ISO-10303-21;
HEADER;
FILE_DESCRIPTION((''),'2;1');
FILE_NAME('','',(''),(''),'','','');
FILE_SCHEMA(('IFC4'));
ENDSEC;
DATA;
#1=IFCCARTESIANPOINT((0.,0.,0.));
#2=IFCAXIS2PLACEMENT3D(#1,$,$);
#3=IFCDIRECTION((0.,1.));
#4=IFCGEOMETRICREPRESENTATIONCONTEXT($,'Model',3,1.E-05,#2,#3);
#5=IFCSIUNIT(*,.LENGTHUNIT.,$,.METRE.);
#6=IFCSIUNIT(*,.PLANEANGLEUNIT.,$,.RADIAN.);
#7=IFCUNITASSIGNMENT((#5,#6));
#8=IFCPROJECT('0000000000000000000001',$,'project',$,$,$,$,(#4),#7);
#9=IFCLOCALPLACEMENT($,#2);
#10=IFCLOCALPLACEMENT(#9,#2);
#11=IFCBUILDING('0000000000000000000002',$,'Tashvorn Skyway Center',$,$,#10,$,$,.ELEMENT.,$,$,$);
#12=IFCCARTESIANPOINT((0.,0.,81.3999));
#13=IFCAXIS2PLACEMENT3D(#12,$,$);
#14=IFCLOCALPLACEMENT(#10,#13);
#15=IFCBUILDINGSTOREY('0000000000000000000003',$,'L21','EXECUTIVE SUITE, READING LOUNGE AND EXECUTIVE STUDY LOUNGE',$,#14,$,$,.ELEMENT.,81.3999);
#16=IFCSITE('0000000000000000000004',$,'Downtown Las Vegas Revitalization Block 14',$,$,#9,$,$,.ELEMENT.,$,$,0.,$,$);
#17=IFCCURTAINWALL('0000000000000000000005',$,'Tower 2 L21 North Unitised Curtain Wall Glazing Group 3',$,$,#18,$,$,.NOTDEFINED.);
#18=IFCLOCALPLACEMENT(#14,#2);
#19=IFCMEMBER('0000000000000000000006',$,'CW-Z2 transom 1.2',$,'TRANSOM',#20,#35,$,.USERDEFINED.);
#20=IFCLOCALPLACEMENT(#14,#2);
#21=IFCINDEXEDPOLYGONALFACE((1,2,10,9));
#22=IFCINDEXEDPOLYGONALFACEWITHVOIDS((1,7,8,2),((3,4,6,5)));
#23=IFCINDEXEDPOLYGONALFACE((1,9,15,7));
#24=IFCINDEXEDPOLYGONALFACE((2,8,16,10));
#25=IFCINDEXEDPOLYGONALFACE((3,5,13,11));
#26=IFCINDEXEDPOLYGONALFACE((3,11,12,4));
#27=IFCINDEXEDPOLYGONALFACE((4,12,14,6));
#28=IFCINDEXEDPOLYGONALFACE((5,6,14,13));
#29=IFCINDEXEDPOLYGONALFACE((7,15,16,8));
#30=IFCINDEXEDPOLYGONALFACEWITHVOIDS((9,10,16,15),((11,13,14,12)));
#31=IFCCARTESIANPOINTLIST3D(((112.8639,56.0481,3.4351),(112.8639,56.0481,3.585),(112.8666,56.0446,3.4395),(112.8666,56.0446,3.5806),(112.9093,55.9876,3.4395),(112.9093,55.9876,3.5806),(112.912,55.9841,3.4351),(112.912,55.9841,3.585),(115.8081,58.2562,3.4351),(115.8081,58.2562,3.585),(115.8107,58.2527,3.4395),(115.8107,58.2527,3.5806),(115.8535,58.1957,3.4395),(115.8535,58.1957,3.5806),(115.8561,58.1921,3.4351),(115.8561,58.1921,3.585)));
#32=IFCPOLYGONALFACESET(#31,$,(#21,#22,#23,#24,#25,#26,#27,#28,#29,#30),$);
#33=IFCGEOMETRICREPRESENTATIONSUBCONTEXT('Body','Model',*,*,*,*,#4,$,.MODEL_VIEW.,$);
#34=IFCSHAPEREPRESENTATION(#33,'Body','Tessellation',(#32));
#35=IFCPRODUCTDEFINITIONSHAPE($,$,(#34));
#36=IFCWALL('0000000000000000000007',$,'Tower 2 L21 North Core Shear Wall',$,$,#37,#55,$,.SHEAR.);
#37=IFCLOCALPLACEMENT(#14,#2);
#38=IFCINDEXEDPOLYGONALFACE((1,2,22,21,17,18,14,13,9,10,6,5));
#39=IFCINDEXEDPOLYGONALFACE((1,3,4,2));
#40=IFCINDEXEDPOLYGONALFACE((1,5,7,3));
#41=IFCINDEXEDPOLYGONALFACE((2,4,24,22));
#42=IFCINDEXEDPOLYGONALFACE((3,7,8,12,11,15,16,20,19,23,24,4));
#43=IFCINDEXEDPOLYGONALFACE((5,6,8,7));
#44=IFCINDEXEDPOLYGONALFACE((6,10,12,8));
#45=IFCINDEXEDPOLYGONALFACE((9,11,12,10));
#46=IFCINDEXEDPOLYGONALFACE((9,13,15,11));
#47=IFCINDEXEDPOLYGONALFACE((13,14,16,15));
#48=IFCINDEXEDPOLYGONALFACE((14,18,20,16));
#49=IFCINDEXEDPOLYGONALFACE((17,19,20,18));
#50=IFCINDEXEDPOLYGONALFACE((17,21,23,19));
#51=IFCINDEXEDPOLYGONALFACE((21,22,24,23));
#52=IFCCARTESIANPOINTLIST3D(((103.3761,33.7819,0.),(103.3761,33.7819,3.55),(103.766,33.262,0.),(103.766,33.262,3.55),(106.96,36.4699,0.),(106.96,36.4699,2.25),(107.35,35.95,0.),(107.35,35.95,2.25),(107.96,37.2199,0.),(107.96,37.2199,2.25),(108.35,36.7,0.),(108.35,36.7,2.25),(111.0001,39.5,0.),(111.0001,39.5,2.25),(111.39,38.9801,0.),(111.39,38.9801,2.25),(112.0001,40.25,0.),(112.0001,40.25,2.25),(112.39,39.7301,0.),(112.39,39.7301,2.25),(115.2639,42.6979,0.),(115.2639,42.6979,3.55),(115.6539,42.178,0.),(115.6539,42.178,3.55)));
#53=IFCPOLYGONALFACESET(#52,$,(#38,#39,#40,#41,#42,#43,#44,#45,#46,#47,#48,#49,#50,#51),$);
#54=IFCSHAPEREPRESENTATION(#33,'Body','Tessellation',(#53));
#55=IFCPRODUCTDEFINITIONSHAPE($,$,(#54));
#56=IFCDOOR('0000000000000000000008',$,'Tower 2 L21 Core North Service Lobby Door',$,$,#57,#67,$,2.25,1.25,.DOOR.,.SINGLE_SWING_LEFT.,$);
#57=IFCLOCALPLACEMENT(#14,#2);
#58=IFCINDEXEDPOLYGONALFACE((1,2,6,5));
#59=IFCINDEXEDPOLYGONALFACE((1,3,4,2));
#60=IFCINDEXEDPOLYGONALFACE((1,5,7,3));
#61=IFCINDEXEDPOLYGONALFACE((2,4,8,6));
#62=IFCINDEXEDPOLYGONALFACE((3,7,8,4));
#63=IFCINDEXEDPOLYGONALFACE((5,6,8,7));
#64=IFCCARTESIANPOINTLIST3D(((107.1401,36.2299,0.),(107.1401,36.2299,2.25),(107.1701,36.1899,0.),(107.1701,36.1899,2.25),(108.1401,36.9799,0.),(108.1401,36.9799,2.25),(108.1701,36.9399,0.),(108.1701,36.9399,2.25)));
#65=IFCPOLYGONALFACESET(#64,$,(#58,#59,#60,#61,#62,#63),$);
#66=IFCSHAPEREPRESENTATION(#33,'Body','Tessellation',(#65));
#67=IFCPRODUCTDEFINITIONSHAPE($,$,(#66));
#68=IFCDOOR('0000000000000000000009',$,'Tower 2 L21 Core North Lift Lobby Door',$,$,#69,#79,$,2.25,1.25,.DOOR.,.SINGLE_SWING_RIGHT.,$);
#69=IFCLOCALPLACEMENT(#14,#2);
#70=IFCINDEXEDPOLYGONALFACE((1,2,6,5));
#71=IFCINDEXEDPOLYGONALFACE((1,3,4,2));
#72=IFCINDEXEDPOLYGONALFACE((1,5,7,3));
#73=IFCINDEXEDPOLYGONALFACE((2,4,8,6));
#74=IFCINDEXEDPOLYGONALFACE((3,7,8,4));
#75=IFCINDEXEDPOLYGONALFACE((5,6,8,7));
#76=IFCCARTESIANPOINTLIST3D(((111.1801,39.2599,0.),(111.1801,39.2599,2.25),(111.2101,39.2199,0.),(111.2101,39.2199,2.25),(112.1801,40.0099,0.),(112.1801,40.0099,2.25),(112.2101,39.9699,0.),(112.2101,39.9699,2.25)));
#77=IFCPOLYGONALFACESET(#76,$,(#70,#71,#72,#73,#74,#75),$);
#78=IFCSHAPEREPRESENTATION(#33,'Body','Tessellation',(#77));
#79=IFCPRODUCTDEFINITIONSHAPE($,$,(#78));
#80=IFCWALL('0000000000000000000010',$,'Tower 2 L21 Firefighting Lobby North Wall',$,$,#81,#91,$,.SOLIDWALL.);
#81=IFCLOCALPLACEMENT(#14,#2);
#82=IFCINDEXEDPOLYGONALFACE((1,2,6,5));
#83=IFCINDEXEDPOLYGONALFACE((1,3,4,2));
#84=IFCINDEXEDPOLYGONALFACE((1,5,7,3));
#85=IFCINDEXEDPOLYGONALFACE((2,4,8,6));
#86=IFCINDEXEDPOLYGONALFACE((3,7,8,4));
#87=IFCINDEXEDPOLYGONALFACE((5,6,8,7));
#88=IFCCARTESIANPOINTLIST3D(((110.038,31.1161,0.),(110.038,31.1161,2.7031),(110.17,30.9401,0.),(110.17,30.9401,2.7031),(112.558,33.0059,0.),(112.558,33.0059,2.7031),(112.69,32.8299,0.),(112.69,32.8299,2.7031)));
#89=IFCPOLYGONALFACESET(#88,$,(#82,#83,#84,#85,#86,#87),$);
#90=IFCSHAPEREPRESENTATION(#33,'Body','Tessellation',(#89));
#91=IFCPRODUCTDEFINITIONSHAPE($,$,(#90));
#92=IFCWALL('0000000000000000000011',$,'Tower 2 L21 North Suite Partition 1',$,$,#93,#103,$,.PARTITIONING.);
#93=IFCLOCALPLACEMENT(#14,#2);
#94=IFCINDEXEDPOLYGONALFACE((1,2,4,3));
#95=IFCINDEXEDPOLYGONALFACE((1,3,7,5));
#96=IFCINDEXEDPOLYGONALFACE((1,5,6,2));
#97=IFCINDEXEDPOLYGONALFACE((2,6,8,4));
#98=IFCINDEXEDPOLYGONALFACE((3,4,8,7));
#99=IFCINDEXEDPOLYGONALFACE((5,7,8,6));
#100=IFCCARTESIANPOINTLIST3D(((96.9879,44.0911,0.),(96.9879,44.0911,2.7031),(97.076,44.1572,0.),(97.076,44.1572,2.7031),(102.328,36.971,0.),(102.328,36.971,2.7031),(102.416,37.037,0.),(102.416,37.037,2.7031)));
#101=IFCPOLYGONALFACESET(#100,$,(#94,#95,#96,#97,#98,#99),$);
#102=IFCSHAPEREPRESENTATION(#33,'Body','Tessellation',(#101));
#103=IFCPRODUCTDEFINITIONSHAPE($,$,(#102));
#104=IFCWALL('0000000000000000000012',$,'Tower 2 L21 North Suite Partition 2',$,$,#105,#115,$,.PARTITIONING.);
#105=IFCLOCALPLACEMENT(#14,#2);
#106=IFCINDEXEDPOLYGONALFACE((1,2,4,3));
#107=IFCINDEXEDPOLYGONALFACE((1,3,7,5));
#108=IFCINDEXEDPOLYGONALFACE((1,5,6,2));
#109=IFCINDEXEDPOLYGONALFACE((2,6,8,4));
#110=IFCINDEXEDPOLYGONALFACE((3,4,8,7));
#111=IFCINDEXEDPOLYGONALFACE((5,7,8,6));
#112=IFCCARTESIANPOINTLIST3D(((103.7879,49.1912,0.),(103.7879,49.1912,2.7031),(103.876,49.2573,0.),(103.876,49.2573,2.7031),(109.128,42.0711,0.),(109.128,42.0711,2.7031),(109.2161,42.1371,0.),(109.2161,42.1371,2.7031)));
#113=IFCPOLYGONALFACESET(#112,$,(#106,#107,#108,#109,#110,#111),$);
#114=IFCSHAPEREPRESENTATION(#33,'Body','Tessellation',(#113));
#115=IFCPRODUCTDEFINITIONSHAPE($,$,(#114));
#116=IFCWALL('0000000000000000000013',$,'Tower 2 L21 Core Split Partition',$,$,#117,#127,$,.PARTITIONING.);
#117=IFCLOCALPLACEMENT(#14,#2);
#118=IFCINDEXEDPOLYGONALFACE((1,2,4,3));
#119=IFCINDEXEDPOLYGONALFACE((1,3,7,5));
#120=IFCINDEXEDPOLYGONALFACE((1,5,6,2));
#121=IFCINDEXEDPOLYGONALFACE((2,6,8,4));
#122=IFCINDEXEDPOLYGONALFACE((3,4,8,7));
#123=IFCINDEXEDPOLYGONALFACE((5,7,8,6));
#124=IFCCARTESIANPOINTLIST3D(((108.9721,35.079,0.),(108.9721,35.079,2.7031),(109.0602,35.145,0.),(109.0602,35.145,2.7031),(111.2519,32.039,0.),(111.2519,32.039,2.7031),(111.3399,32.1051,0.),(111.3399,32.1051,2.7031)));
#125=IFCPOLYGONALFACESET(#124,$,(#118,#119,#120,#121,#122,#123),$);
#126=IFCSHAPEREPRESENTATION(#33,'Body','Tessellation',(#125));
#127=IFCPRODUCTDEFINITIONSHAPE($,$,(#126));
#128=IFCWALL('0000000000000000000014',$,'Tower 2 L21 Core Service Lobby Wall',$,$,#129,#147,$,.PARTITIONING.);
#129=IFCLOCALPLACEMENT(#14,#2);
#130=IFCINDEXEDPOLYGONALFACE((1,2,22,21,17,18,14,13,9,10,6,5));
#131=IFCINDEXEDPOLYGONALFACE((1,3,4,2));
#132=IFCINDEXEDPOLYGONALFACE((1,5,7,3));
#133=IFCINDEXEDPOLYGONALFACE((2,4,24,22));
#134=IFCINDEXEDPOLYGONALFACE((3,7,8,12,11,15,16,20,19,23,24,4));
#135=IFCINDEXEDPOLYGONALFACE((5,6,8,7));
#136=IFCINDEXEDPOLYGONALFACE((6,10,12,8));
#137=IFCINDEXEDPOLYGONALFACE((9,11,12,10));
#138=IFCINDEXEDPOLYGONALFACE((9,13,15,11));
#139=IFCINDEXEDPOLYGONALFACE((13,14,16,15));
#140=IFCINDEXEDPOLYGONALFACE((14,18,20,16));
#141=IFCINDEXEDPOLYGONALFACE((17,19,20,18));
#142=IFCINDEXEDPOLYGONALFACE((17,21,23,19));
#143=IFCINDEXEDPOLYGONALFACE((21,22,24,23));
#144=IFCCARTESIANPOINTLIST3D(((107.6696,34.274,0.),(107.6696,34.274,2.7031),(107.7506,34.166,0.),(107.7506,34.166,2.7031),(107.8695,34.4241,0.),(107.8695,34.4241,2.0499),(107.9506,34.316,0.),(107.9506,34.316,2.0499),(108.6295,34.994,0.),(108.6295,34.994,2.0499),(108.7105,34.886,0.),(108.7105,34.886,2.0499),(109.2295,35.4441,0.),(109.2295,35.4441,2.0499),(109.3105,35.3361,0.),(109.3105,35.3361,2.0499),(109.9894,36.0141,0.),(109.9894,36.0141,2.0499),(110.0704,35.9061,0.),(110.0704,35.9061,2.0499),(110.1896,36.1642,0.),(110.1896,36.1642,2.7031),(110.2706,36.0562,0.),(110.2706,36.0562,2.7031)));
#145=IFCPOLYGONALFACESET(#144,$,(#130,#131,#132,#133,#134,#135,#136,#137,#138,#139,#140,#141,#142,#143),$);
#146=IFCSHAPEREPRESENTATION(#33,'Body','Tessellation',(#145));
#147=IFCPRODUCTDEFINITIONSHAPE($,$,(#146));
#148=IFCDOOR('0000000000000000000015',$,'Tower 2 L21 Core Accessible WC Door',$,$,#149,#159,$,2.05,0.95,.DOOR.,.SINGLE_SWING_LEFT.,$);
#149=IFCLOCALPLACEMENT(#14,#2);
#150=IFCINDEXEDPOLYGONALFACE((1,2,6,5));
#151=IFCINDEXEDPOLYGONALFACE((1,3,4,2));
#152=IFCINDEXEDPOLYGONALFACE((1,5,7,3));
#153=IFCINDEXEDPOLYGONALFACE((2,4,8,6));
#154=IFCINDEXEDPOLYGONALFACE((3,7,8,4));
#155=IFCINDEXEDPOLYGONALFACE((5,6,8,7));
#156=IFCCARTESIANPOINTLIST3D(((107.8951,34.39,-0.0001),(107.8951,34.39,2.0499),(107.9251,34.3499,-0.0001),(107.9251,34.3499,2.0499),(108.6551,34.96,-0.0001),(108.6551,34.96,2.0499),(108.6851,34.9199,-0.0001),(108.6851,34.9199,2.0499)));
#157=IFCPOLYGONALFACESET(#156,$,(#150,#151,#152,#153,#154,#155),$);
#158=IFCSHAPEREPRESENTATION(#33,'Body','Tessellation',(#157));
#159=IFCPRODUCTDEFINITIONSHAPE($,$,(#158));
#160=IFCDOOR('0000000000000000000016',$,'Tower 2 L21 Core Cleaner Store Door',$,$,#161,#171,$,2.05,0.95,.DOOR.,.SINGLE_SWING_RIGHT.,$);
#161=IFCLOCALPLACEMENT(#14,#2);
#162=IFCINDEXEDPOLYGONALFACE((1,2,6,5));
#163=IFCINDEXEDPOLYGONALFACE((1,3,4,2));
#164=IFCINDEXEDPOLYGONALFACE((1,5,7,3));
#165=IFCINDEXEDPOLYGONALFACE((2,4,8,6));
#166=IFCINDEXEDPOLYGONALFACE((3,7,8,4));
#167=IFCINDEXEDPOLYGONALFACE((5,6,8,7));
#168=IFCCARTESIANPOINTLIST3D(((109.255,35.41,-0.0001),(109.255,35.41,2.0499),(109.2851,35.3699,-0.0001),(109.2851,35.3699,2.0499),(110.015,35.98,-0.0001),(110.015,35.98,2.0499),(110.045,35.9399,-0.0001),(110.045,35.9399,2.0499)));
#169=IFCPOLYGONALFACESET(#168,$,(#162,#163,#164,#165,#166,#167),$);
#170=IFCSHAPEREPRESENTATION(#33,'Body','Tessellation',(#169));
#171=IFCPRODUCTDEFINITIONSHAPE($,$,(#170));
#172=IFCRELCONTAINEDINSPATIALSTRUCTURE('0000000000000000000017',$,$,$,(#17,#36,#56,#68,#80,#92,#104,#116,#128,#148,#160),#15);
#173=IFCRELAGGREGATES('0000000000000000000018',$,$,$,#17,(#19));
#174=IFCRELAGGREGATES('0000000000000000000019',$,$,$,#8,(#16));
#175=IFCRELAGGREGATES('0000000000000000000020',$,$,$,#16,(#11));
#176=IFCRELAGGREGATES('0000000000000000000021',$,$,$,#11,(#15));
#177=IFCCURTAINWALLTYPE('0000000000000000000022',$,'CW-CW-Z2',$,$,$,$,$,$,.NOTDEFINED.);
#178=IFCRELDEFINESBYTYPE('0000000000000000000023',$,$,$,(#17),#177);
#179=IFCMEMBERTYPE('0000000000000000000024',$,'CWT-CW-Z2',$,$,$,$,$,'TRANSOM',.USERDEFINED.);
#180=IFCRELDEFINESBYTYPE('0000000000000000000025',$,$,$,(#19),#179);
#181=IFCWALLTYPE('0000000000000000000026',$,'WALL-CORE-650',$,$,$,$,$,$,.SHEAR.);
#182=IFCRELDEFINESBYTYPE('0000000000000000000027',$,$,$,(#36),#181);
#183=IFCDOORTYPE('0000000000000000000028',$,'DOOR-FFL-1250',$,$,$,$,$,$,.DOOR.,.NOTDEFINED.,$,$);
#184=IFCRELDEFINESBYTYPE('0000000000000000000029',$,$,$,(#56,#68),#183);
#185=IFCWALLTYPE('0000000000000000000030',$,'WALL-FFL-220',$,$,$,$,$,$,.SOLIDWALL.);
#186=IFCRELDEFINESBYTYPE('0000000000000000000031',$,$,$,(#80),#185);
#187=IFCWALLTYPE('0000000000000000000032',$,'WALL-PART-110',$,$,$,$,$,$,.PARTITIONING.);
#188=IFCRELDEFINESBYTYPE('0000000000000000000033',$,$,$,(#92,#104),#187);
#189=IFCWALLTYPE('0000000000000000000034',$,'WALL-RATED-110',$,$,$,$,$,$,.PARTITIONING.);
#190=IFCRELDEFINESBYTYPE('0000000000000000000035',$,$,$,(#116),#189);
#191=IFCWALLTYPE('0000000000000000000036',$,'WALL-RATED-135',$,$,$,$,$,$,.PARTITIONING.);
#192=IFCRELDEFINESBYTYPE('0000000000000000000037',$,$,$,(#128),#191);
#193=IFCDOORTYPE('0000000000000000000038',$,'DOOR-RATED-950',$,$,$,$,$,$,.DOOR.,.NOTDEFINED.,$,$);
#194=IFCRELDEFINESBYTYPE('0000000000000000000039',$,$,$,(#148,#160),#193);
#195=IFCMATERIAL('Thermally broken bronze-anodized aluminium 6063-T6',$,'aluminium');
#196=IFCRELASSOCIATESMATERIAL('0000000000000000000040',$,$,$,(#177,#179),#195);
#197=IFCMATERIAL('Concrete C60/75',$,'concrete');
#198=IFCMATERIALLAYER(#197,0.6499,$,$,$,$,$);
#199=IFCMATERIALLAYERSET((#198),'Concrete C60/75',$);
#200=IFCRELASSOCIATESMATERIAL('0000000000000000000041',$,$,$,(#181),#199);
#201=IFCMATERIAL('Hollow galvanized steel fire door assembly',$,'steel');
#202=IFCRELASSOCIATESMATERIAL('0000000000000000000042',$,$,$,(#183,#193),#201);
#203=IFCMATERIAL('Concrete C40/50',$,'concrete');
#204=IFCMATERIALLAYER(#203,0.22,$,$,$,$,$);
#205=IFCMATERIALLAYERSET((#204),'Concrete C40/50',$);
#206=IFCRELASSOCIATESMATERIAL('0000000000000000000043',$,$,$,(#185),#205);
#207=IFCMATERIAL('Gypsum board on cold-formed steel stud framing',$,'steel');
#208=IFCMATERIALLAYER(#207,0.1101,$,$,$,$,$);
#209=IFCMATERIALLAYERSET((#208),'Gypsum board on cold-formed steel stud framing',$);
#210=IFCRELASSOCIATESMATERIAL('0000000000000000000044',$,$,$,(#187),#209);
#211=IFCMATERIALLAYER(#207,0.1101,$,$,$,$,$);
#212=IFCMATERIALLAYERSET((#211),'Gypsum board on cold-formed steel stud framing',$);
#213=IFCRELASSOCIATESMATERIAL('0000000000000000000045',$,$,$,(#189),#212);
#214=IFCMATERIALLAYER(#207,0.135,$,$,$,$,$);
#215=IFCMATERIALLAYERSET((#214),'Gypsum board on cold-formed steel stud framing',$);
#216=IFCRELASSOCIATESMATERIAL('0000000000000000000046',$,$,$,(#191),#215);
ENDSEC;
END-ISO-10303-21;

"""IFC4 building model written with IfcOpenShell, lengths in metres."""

from ifc_helpers import new_model, si_unit, direction, frame, frame_2d, origin, origin_2d, place, context, subcontext, project, spatial, rectangle, hollow_rectangle, extrude, material, layer, layer_set, material_profile, profile_set, type_object, element, fill, aggregate, save


model = new_model("IFC4")

# Units and contexts
model_context = context("Model", 3, precision=1e-05, world=origin(), true_north=direction((0.0, 1.0)))
body_context = subcontext(model_context, "Body", "Model", "MODEL_VIEW")
ifc_project = project(units=[si_unit("LENGTHUNIT", "METRE"), si_unit("PLANEANGLEUNIT", "RADIAN")], contexts=[model_context])

# Site, building, storey
site_placement = place(None, origin())
site = spatial("IfcSite", under=ifc_project, at=site_placement, Name="Downtown Las Vegas Revitalization Block 14", CompositionType="ELEMENT", RefElevation=0.0)
building_placement = place(site_placement, origin())
building = spatial("IfcBuilding", under=site, at=building_placement, Name="Tashvorn Skyway Center", CompositionType="ELEMENT")
storey_placement = place(building_placement, frame((0.0, 0.0, 81.3999)))
storey = spatial("IfcBuildingStorey", under=building, at=storey_placement, Name="L21", Description="EXECUTIVE SUITE, READING LOUNGE AND EXECUTIVE STUDY LOUNGE", CompositionType="ELEMENT", Elevation=81.3999)

# Shared definitions
ifc_material_1 = material(Name="Concrete C60/75", Category="concrete")

# Shared definitions
ifc_material_2 = material(Name="Thermally broken bronze-anodized aluminium 6063-T6", Category="aluminium")
curtain_wall_type = type_object("IfcCurtainWallType", Name="CW-CW-Z2", PredefinedType="NOTDEFINED", material=ifc_material_2)

# Curtain wall, member
curtain_wall_1_placement = place(storey_placement, origin())
curtain_wall_1 = element("IfcCurtainWall", 1, at=curtain_wall_1_placement, inside=storey, type_object=curtain_wall_type, Name="Tower 2 L21 North Unitised Curtain Wall Glazing Group 3", PredefinedType="NOTDEFINED")
ifc_material_profile_1 = material_profile(ifc_material_2, hollow_rectangle(XDim=0.0801, YDim=0.1499, WallThickness=0.0044, at=origin_2d()), Name="ALU-TRAN-80x150")
ifc_profile_set_1 = profile_set([ifc_material_profile_1], Name="Thermally broken bronze-anodized aluminium 6063-T6")
member_type_1 = type_object("IfcMemberType", Name="CWT-CW-Z2", ElementType="TRANSOM", PredefinedType="USERDEFINED", material=ifc_profile_set_1)
member_1_placement = place(storey_placement, frame((112.8879, 56.0161, 3.51), z_axis=(0.800008, 0.599989, 0.0), x_axis=(-0.599989, 0.800008, 0.0)))
member_1 = element("IfcMember", 2, at=member_1_placement, type_object=member_type_1, Name="CW-Z2 transom 1.2", ObjectType="TRANSOM", PredefinedType="USERDEFINED", context=body_context, shape_type="SweptSolid", body=[
    extrude(hollow_rectangle(XDim=0.0801, YDim=0.1499, WallThickness=0.0044, at=origin_2d()), origin(), (0.0, 0.0, 1.0), 3.6802),
])
aggregate(curtain_wall_1, [member_1])

# Wall, openings, doors
ifc_layer_1 = layer(ifc_material_1, 0.6499)
ifc_layer_set_1 = layer_set([ifc_layer_1], Name="Concrete C60/75")
wall_type_1 = type_object("IfcWallType", Name="WALL-CORE-650", PredefinedType="SHEAR", material=ifc_layer_set_1)
wall_1_placement = place(storey_placement, frame((103.571, 33.522, 0.0), z_axis=(0.0, 0.0, 1.0), x_axis=(0.799998, 0.600003, 0.0)))
wall_1 = element("IfcWall", 3, at=wall_1_placement, inside=storey, type_object=wall_type_1, Name="Tower 2 L21 North Core Shear Wall", PredefinedType="SHEAR", context=body_context, shape_type="SweptSolid", body=[
    extrude(rectangle(XDim=14.8599, YDim=0.6499, at=frame_2d((7.4299, 0.0))), origin(), (0.0, 0.0, 1.0), 3.55),
])
opening_1_placement = place(wall_1_placement, frame((4.48, 0.0, 0.0)))
opening_1 = element("IfcOpeningElement", 4, at=opening_1_placement, cuts=wall_1, PredefinedType="OPENING", context=body_context, shape_type="SweptSolid", body=[
    extrude(rectangle(XDim=1.25, YDim=2.25, at=frame_2d((0.625, 1.125))), frame((0.0, 0.335, 0.0), z_axis=(0.0, -1.0, 0.0), x_axis=(1.0, 0.0, 0.0)), (0.0, 0.0, 1.0), 0.6699),
])
opening_2_placement = place(wall_1_placement, frame((9.53, 0.0, 0.0)))
opening_2 = element("IfcOpeningElement", 5, at=opening_2_placement, cuts=wall_1, PredefinedType="OPENING", context=body_context, shape_type="SweptSolid", body=[
    extrude(rectangle(XDim=1.25, YDim=2.25, at=frame_2d((0.625, 1.125))), frame((0.0, 0.335, 0.0), z_axis=(0.0, -1.0, 0.0), x_axis=(1.0, 0.0, 0.0)), (0.0, 0.0, 1.0), 0.6699),
])
ifc_material_3 = material(Name="Hollow galvanized steel fire door assembly", Category="steel")
door_type_1 = type_object("IfcDoorType", Name="DOOR-FFL-1250", OperationType="NOTDEFINED", PredefinedType="DOOR", material=ifc_material_3)
door_1_placement = place(opening_1_placement, origin())
door_1 = element("IfcDoor", 6, at=door_1_placement, inside=storey, type_object=door_type_1, Name="Tower 2 L21 Core North Service Lobby Door", OperationType="SINGLE_SWING_LEFT", OverallHeight=2.25, OverallWidth=1.25, PredefinedType="DOOR", context=body_context, shape_type="SweptSolid", body=[
    extrude(rectangle(XDim=1.25, YDim=2.25, at=frame_2d((0.625, 1.125))), frame((0.0, 0.0249, 0.0), z_axis=(0.0, -1.0, 0.0), x_axis=(1.0, 0.0, 0.0)), (0.0, 0.0, 1.0), 0.05),
])
fill(opening_1, door_1)
door_2_placement = place(opening_2_placement, origin())
door_2 = element("IfcDoor", 7, at=door_2_placement, inside=storey, type_object=door_type_1, Name="Tower 2 L21 Core North Lift Lobby Door", OperationType="SINGLE_SWING_RIGHT", OverallHeight=2.25, OverallWidth=1.25, PredefinedType="DOOR", context=body_context, shape_type="SweptSolid", body=[
    extrude(rectangle(XDim=1.25, YDim=2.25, at=frame_2d((0.625, 1.125))), frame((0.0, 0.0249, 0.0), z_axis=(0.0, -1.0, 0.0), x_axis=(1.0, 0.0, 0.0)), (0.0, 0.0, 1.0), 0.05),
])
fill(opening_2, door_2)

# Walls
ifc_material_4 = material(Name="Concrete C40/50", Category="concrete")
ifc_layer_2 = layer(ifc_material_4, 0.22)
ifc_layer_set_2 = layer_set([ifc_layer_2], Name="Concrete C40/50")
wall_type_2 = type_object("IfcWallType", Name="WALL-FFL-220", PredefinedType="SOLIDWALL", material=ifc_layer_set_2)
wall_2_placement = place(storey_placement, frame((110.104, 31.0281, 0.0), z_axis=(0.0, 0.0, 1.0), x_axis=(0.800019, 0.599975, 0.0)))
element("IfcWall", 8, at=wall_2_placement, inside=storey, type_object=wall_type_2, Name="Tower 2 L21 Firefighting Lobby North Wall", PredefinedType="SOLIDWALL", context=body_context, shape_type="SweptSolid", body=[
    extrude(rectangle(XDim=3.1499, YDim=0.22, at=frame_2d((1.575, 0.0))), origin(), (0.0, 0.0, 1.0), 2.7031),
])
ifc_material_5 = material(Name="Gypsum board on cold-formed steel stud framing", Category="steel")
ifc_layer_3 = layer(ifc_material_5, 0.1101)
ifc_layer_set_3 = layer_set([ifc_layer_3], Name="Gypsum board on cold-formed steel stud framing")
wall_type_3 = type_object("IfcWallType", Name="WALL-PART-110", PredefinedType="PARTITIONING", material=ifc_layer_set_3)
for number, where, z_axis, x_axis, name in (
    (9, (102.3721, 37.0039, 0.0), (0.0, 0.0, 1.0), (-0.6, 0.8, 0.0), "Tower 2 L21 North Suite Partition 1"),
    (10, (109.1721, 42.104, 0.0), (0.0, 0.0, 1.0), (-0.6, 0.8, 0.0), "Tower 2 L21 North Suite Partition 2"),
):
    element("IfcWall", number, at=place(storey_placement, frame(where, z_axis=z_axis, x_axis=x_axis)), inside=storey, type_object=wall_type_3, Name=name, PredefinedType="PARTITIONING", context=body_context, shape_type="SweptSolid", body=[
        extrude(rectangle(XDim=8.9001, YDim=0.1101, at=frame_2d((4.4502, 0.0))), origin(), (0.0, 0.0, 1.0), 2.7031),
    ])
ifc_layer_4 = layer(ifc_material_5, 0.1101)
ifc_layer_set_4 = layer_set([ifc_layer_4], Name="Gypsum board on cold-formed steel stud framing")
wall_type_4 = type_object("IfcWallType", Name="WALL-RATED-110", PredefinedType="PARTITIONING", material=ifc_layer_set_4)
wall_3_placement = place(storey_placement, frame((111.2959, 32.072, 0.0), z_axis=(0.0, 0.0, 1.0), x_axis=(-0.599959, 0.800031, 0.0)))
element("IfcWall", 11, at=wall_3_placement, inside=storey, type_object=wall_type_4, Name="Tower 2 L21 Core Split Partition", PredefinedType="PARTITIONING", context=body_context, shape_type="SweptSolid", body=[
    extrude(rectangle(XDim=3.7998, YDim=0.1101, at=frame_2d((1.8999, 0.0))), origin(), (0.0, 0.0, 1.0), 2.7031),
])

# Wall, openings, doors
ifc_layer_5 = layer(ifc_material_5, 0.135)
ifc_layer_set_5 = layer_set([ifc_layer_5], Name="Gypsum board on cold-formed steel stud framing")
wall_type_5 = type_object("IfcWallType", Name="WALL-RATED-135", PredefinedType="PARTITIONING", material=ifc_layer_set_5)
wall_4_placement = place(storey_placement, frame((107.71, 34.22, 0.0), z_axis=(0.0, 0.0, 1.0), x_axis=(0.799981, 0.600025, 0.0)))
wall_4 = element("IfcWall", 12, at=wall_4_placement, inside=storey, type_object=wall_type_5, Name="Tower 2 L21 Core Service Lobby Wall", PredefinedType="PARTITIONING", context=body_context, shape_type="SweptSolid", body=[
    extrude(rectangle(XDim=3.1501, YDim=0.135, at=frame_2d((1.5752, 0.0))), origin(), (0.0, 0.0, 1.0), 2.7031),
])
opening_3_placement = place(wall_4_placement, frame((0.25, 0.0, 0.0)))
opening_3 = element("IfcOpeningElement", 13, at=opening_3_placement, cuts=wall_4, PredefinedType="OPENING", context=body_context, shape_type="SweptSolid", body=[
    extrude(rectangle(XDim=0.95, YDim=2.05, at=frame_2d((0.4751, 1.0249))), frame((0.0, 0.0774, 0.0), z_axis=(0.0, -1.0, 0.0), x_axis=(1.0, 0.0, 0.0)), (0.0, 0.0, 1.0), 0.155),
])
opening_4_placement = place(wall_4_placement, frame((1.95, 0.0, 0.0)))
opening_4 = element("IfcOpeningElement", 14, at=opening_4_placement, cuts=wall_4, PredefinedType="OPENING", context=body_context, shape_type="SweptSolid", body=[
    extrude(rectangle(XDim=0.95, YDim=2.05, at=frame_2d((0.4751, 1.0249))), frame((0.0, 0.0774, 0.0), z_axis=(0.0, -1.0, 0.0), x_axis=(1.0, 0.0, 0.0)), (0.0, 0.0, 1.0), 0.155),
])
door_type_2 = type_object("IfcDoorType", Name="DOOR-RATED-950", OperationType="NOTDEFINED", PredefinedType="DOOR", material=ifc_material_3)
door_3_placement = place(opening_3_placement, origin())
door_3 = element("IfcDoor", 15, at=door_3_placement, inside=storey, type_object=door_type_2, Name="Tower 2 L21 Core Accessible WC Door", OperationType="SINGLE_SWING_LEFT", OverallHeight=2.05, OverallWidth=0.95, PredefinedType="DOOR", context=body_context, shape_type="SweptSolid", body=[
    extrude(rectangle(XDim=0.95, YDim=2.05, at=frame_2d((0.4751, 1.0249))), frame((0.0, 0.0249, 0.0), z_axis=(0.0, -1.0, 0.0), x_axis=(1.0, 0.0, 0.0)), (0.0, 0.0, 1.0), 0.05),
])
fill(opening_3, door_3)
door_4_placement = place(opening_4_placement, origin())
door_4 = element("IfcDoor", 16, at=door_4_placement, inside=storey, type_object=door_type_2, Name="Tower 2 L21 Core Cleaner Store Door", OperationType="SINGLE_SWING_RIGHT", OverallHeight=2.05, OverallWidth=0.95, PredefinedType="DOOR", context=body_context, shape_type="SweptSolid", body=[
    extrude(rectangle(XDim=0.95, YDim=2.05, at=frame_2d((0.4751, 1.0249))), frame((0.0, 0.0249, 0.0), z_axis=(0.0, -1.0, 0.0), x_axis=(1.0, 0.0, 0.0)), (0.0, 0.0, 1.0), 0.05),
])
fill(opening_4, door_4)

save(model, "model.ifc")
